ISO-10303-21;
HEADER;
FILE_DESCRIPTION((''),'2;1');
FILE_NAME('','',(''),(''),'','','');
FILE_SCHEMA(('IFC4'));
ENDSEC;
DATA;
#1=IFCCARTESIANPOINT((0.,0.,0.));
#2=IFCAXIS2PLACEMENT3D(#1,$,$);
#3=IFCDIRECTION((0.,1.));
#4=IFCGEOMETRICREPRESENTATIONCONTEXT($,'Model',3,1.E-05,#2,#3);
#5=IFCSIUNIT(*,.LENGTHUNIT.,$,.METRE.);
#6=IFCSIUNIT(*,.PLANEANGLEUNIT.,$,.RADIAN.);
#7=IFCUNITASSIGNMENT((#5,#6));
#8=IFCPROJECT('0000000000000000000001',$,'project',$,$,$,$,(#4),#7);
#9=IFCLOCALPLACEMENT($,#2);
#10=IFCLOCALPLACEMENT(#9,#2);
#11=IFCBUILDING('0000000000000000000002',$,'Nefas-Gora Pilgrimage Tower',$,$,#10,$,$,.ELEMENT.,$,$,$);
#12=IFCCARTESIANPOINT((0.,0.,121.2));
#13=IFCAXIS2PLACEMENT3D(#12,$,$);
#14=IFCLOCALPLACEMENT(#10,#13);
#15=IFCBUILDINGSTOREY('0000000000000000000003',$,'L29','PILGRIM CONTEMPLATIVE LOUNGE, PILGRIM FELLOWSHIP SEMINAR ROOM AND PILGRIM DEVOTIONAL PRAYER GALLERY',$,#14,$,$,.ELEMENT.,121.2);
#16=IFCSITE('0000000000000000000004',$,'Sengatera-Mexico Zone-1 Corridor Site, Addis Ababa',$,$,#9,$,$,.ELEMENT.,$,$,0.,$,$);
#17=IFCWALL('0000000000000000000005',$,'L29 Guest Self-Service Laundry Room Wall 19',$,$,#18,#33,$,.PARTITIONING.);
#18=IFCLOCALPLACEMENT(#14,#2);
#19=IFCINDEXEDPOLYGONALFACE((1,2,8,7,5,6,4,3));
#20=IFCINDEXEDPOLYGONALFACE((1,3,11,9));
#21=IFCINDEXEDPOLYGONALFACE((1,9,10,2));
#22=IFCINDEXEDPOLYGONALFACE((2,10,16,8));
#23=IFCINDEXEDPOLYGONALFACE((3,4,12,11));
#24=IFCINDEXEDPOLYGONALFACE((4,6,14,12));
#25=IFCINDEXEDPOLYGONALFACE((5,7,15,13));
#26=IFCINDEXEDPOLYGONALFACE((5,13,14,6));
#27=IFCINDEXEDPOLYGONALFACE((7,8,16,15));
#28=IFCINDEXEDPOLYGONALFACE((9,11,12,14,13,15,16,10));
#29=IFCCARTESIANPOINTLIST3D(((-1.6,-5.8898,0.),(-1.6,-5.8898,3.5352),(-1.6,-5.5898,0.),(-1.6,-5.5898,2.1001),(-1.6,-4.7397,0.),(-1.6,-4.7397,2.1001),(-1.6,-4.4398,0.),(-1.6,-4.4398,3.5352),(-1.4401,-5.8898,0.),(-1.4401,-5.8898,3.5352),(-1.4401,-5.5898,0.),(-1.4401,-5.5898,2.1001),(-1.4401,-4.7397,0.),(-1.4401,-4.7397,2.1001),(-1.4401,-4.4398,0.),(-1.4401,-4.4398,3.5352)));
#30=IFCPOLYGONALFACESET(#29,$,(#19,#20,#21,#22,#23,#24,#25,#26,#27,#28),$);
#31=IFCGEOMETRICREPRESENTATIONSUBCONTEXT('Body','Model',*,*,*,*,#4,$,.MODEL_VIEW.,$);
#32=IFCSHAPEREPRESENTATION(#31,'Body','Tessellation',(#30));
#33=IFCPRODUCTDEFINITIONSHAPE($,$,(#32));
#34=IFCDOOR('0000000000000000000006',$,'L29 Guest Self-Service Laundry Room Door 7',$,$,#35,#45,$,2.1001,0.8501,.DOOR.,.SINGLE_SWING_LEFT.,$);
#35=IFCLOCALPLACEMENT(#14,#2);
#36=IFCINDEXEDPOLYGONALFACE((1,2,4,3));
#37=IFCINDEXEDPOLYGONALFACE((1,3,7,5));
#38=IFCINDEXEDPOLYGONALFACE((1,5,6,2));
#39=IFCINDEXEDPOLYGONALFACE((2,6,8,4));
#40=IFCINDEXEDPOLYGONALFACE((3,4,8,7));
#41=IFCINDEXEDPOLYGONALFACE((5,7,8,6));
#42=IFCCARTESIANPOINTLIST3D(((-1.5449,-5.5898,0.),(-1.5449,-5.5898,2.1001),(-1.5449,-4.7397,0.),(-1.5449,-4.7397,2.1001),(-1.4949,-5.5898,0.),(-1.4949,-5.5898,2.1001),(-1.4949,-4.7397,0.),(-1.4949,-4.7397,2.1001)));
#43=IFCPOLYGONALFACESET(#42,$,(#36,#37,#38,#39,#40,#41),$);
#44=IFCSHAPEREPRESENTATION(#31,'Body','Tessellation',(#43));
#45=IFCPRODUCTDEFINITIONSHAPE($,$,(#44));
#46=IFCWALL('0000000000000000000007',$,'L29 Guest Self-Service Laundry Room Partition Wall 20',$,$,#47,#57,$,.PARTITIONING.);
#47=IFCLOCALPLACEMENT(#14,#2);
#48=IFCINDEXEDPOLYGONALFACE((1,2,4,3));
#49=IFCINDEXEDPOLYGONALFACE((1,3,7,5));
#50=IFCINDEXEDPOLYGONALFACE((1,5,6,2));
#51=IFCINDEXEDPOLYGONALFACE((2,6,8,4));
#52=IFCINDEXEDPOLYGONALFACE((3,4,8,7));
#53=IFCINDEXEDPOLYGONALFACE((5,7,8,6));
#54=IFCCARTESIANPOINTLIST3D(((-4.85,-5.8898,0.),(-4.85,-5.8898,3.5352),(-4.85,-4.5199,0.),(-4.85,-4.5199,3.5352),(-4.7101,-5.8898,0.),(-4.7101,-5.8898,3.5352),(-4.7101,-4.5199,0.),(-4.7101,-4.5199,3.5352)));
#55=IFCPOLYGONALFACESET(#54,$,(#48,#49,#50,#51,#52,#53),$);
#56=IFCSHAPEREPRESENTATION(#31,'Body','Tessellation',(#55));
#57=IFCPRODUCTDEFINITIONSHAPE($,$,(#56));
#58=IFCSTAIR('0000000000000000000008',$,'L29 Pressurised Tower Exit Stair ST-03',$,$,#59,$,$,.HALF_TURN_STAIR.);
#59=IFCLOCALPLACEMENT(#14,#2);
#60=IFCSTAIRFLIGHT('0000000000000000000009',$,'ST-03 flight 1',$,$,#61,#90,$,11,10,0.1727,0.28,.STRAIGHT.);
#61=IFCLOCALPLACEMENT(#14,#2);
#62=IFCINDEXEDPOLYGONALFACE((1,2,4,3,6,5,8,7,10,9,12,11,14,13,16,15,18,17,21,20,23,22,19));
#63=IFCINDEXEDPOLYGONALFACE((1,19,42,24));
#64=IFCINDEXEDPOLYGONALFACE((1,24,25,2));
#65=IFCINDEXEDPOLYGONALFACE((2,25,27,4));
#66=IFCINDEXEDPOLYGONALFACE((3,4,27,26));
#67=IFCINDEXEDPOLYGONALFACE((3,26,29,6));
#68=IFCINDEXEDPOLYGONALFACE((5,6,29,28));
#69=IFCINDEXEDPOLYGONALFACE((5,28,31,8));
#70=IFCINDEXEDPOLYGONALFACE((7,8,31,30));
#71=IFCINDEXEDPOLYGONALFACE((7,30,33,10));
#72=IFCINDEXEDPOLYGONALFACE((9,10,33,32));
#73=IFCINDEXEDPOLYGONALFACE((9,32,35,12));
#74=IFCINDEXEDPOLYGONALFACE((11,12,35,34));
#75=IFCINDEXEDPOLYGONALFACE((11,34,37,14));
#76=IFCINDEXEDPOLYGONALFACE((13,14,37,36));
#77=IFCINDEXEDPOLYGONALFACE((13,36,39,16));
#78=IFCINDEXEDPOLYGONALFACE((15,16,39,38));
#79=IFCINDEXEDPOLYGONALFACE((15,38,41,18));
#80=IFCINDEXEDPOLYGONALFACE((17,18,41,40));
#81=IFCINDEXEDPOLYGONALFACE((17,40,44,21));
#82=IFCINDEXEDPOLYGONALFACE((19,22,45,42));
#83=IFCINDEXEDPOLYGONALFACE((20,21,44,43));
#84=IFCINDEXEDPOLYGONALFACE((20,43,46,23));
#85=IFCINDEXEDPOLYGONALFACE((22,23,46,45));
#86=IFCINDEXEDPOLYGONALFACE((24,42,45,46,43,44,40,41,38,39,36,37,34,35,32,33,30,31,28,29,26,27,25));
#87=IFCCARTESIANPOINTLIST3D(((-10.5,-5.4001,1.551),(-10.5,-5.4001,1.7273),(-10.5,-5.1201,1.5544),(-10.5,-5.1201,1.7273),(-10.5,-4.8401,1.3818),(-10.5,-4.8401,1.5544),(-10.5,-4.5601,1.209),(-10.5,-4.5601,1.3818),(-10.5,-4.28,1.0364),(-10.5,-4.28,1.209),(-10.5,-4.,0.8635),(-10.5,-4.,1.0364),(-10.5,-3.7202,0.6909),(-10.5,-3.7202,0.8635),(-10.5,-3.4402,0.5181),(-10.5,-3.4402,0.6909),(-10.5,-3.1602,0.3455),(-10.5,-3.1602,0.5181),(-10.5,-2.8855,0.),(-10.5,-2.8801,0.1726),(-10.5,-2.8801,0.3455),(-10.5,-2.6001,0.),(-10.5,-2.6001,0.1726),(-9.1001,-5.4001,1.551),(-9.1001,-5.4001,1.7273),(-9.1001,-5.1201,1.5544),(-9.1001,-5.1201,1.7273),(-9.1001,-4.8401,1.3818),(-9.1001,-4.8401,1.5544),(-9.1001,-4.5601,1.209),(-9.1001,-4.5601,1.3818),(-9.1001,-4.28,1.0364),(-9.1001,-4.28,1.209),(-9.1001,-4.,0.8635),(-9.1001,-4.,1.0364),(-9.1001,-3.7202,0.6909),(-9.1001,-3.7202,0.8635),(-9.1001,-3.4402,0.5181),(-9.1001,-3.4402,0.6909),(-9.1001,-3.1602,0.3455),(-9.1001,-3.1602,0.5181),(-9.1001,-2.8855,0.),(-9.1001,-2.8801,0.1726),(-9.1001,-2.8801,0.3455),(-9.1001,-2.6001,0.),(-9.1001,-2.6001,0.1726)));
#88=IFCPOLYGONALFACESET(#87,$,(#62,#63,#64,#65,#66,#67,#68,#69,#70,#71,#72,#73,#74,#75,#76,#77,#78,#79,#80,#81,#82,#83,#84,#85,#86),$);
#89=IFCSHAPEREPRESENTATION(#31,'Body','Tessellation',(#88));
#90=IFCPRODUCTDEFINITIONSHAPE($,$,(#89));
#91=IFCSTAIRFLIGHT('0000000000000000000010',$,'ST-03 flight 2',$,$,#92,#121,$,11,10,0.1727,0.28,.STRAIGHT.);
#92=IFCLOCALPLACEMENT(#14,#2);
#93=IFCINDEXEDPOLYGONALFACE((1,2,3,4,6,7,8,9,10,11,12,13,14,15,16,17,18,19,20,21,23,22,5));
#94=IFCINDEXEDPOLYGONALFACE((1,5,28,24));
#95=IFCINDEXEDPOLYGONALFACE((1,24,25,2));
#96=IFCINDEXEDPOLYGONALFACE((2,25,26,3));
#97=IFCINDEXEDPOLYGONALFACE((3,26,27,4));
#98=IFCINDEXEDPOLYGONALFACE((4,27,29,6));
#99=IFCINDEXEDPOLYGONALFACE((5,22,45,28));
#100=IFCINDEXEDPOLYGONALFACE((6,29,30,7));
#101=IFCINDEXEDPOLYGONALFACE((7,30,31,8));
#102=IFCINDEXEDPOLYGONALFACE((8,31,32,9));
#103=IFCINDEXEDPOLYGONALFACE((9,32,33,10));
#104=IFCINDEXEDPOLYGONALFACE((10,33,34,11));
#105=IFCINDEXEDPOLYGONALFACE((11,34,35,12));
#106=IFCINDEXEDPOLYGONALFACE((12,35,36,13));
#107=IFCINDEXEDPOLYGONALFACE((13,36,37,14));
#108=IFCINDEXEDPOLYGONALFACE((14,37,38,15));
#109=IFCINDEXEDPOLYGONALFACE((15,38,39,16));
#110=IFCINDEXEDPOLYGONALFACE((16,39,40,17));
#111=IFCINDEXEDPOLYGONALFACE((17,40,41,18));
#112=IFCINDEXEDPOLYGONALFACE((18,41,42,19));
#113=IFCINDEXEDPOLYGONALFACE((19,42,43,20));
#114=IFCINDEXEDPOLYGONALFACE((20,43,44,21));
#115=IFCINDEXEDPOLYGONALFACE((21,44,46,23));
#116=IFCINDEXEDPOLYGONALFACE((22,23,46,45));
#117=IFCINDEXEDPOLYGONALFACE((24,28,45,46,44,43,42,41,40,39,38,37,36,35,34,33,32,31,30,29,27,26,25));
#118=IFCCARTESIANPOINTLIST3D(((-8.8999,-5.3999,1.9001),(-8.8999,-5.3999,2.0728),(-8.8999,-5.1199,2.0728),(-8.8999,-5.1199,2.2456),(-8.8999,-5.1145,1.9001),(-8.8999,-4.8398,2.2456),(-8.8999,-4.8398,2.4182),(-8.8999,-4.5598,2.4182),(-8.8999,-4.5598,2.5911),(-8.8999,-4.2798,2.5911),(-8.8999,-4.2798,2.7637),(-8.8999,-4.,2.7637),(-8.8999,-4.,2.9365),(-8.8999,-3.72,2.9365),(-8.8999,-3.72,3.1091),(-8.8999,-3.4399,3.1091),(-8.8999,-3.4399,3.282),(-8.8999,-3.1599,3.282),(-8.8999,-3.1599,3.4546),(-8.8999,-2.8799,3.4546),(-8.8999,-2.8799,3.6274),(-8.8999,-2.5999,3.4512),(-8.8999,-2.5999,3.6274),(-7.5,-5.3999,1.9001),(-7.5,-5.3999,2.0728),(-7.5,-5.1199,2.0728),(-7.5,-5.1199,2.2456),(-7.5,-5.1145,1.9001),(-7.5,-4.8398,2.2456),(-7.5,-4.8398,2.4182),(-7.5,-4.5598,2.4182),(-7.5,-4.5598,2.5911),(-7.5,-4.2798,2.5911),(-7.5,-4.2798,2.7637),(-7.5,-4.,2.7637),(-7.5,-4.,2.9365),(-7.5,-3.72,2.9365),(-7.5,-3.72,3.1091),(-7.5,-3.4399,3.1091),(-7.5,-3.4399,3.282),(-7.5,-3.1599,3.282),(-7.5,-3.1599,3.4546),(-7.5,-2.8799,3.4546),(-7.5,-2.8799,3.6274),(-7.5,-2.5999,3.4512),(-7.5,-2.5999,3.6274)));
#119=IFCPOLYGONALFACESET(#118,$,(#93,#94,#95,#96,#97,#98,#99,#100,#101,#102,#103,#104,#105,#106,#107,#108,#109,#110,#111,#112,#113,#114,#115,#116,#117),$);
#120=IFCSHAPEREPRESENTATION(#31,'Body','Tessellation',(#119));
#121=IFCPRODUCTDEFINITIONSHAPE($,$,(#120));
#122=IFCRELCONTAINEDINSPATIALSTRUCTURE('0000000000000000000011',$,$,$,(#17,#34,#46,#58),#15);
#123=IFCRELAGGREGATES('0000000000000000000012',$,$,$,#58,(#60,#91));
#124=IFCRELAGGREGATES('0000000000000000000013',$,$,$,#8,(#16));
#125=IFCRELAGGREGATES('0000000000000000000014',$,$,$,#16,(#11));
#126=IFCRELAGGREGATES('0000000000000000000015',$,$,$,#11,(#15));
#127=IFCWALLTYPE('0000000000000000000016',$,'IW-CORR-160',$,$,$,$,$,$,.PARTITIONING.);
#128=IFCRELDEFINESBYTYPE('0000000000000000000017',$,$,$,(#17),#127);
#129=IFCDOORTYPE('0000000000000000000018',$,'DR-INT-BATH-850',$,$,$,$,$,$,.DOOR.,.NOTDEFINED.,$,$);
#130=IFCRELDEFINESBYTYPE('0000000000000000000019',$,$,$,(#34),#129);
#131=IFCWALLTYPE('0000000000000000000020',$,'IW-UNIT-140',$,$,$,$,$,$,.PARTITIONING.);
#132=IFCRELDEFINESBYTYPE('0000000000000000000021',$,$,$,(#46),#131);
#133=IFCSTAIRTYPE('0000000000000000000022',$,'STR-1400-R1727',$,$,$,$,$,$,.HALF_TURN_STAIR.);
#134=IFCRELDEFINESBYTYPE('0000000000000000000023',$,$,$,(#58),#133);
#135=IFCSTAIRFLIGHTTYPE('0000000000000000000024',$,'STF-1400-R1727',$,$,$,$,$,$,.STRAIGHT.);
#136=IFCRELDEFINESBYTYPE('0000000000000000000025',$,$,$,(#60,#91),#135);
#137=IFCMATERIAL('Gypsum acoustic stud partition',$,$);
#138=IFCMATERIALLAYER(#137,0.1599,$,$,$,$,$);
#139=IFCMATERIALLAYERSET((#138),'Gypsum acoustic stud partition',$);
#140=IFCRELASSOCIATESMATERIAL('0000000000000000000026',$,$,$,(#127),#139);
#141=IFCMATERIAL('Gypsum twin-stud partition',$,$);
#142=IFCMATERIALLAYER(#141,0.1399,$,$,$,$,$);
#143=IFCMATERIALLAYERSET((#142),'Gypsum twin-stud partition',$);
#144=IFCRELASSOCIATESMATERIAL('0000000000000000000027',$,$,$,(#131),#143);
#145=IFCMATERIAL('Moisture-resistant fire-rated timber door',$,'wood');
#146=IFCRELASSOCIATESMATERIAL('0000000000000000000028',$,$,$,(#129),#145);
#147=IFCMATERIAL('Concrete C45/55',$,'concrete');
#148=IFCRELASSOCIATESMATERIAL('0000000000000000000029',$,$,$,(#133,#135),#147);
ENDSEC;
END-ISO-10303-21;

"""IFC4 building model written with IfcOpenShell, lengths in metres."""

from ifc_helpers import new_model, si_unit, direction, frame, frame_2d, origin, place, context, subcontext, project, spatial, polyline, rectangle, outline, extrude, source, transform, mapped, material, layer, layer_set, type_object, element, fill, aggregate, save


model = new_model("IFC4")

# Units and contexts
model_context = context("Model", 3, precision=1e-05, world=origin(), true_north=direction((0.0, 1.0)))
body_context = subcontext(model_context, "Body", "Model", "MODEL_VIEW")
ifc_project = project(units=[si_unit("LENGTHUNIT", "METRE"), si_unit("PLANEANGLEUNIT", "RADIAN")], contexts=[model_context])

# Site, building, storey
site_placement = place(None, origin())
site = spatial("IfcSite", under=ifc_project, at=site_placement, Name="Sengatera-Mexico Zone-1 Corridor Site, Addis Ababa", CompositionType="ELEMENT", RefElevation=0.0)
building_placement = place(site_placement, origin())
building = spatial("IfcBuilding", under=site, at=building_placement, Name="Nefas-Gora Pilgrimage Tower", CompositionType="ELEMENT")
storey_placement = place(building_placement, frame((0.0, 0.0, 121.2)))
storey = spatial("IfcBuildingStorey", under=building, at=storey_placement, Name="L29", Description="PILGRIM CONTEMPLATIVE LOUNGE, PILGRIM FELLOWSHIP SEMINAR ROOM AND PILGRIM DEVOTIONAL PRAYER GALLERY", CompositionType="ELEMENT", Elevation=121.2)

# Shared definitions
ifc_material_1 = material(Name="Concrete C45/55", Category="concrete")

# Shared definitions
ifc_material_2 = material(Name="Gypsum acoustic stud partition")
ifc_layer_1 = layer(ifc_material_2, 0.1599)
ifc_layer_set_1 = layer_set([ifc_layer_1], Name="Gypsum acoustic stud partition")
wall_type_1 = type_object("IfcWallType", Name="IW-CORR-160", PredefinedType="PARTITIONING", material=ifc_layer_set_1)
ifc_material_3 = material(Name="Gypsum twin-stud partition")
ifc_layer_2 = layer(ifc_material_3, 0.1399)
ifc_layer_set_2 = layer_set([ifc_layer_2], Name="Gypsum twin-stud partition")
wall_type_2 = type_object("IfcWallType", Name="IW-UNIT-140", PredefinedType="PARTITIONING", material=ifc_layer_set_2)

# Shared definitions
ifc_material_4 = material(Name="Moisture-resistant fire-rated timber door", Category="wood")
door_type_1 = type_object("IfcDoorType", Name="DR-INT-BATH-850", OperationType="NOTDEFINED", PredefinedType="DOOR", material=ifc_material_4)
shared_shape_1 = source(origin(), body_context, "Body", "SweptSolid", [
    extrude(rectangle(XDim=0.8501, YDim=2.1001, at=frame_2d((0.425, 1.05))), frame((0.0, 0.0249, 0.0), z_axis=(0.0, -1.0, 0.0), x_axis=(1.0, 0.0, 0.0)), (0.0, 0.0, 1.0), 0.05),
])

# Wall, opening, door
shared_shape_2 = source(origin(), body_context, "Body", "SweptSolid", [
    extrude(rectangle(XDim=1.45, YDim=0.1599, at=frame_2d((0.7251, 0.0))), origin(), (0.0, 0.0, 1.0), 3.5352),
])
wall_1_placement = place(storey_placement, frame((-1.52, -5.8899, 0.0), z_axis=(0.0, 0.0, 1.0), x_axis=(0.0, 1.0, 0.0)))
wall_1 = element("IfcWall", 1, at=wall_1_placement, inside=storey, type_object=wall_type_1, Name="L29 Guest Self-Service Laundry Room Wall 19", PredefinedType="PARTITIONING", context=body_context, shape_type="MappedRepresentation", body=[
    mapped(shared_shape_2, transform((0.0, 0.0, 0.0), x_axis=(1.0, 0.0, 0.0), y_axis=(0.0, 1.0, 0.0), z_axis=(0.0, 0.0, 1.0), scale=1.0)),
])
opening_1_placement = place(wall_1_placement, frame((0.3, 0.0, 0.0)))
opening_1 = element("IfcOpeningElement", 2, at=opening_1_placement, cuts=wall_1, PredefinedType="OPENING", context=body_context, shape_type="SweptSolid", body=[
    extrude(rectangle(XDim=0.8501, YDim=2.1001, at=frame_2d((0.425, 1.05))), frame((0.0, 0.0898, 0.0), z_axis=(0.0, -1.0, 0.0), x_axis=(1.0, 0.0, 0.0)), (0.0, 0.0, 1.0), 0.1799),
])
door_1_placement = place(opening_1_placement, origin())
door_1 = element("IfcDoor", 3, at=door_1_placement, inside=storey, type_object=door_type_1, Name="L29 Guest Self-Service Laundry Room Door 7", OperationType="SINGLE_SWING_LEFT", OverallHeight=2.1001, OverallWidth=0.8501, PredefinedType="DOOR", context=body_context, shape_type="MappedRepresentation", body=[
    mapped(shared_shape_1, transform((0.0, 0.0, 0.0), x_axis=(1.0, 0.0, 0.0), y_axis=(0.0, 1.0, 0.0), z_axis=(0.0, 0.0, 1.0), scale=1.0)),
])
fill(opening_1, door_1)

# Wall
shared_shape_3 = source(origin(), body_context, "Body", "SweptSolid", [
    extrude(rectangle(XDim=1.3699, YDim=0.1399, at=frame_2d((0.6851, 0.0))), origin(), (0.0, 0.0, 1.0), 3.5352),
])
wall_2_placement = place(storey_placement, frame((-4.78, -5.8899, 0.0), z_axis=(0.0, 0.0, 1.0), x_axis=(0.0, 1.0, 0.0)))
element("IfcWall", 4, at=wall_2_placement, inside=storey, type_object=wall_type_2, Name="L29 Guest Self-Service Laundry Room Partition Wall 20", PredefinedType="PARTITIONING", context=body_context, shape_type="MappedRepresentation", body=[
    mapped(shared_shape_3, transform((0.0, 0.0, 0.0), x_axis=(1.0, 0.0, 0.0), y_axis=(0.0, 1.0, 0.0), z_axis=(0.0, 0.0, 1.0), scale=1.0)),
])

# Stair, stair flights
stair_type = type_object("IfcStairType", Name="STR-1400-R1727", PredefinedType="HALF_TURN_STAIR", material=ifc_material_1)
stair_placement = place(storey_placement, origin())
stair = element("IfcStair", 5, at=stair_placement, inside=storey, type_object=stair_type, Name="L29 Pressurised Tower Exit Stair ST-03", PredefinedType="HALF_TURN_STAIR")
stair_flight_type = type_object("IfcStairFlightType", Name="STF-1400-R1727", PredefinedType="STRAIGHT", material=ifc_material_1)
shared_shape_4 = source(origin(), body_context, "Body", "SweptSolid", [
    extrude(outline(polyline([(0.0, 0.0), (0.0, 0.1726), (0.28, 0.1726), (0.28, 0.3455), (0.5601, 0.3455), (0.5601, 0.5181), (0.8401, 0.5181), (0.8401, 0.6909), (1.1201, 0.6909), (1.1201, 0.8635), (1.3999, 0.8635), (1.3999, 1.0364), (1.6799, 1.0364), (1.6799, 1.209), (1.96, 1.209), (1.96, 1.3818), (2.24, 1.3818), (2.24, 1.5544), (2.52, 1.5544), (2.52, 1.7273), (2.8, 1.7273), (2.8, 1.8999), (2.8, 1.551), (0.2854, 0.0), (0.0, 0.0)])), frame((0.0, 0.7, 0.0), z_axis=(0.0, -1.0, 0.0), x_axis=(1.0, 0.0, 0.0)), (0.0, 0.0, 1.0), 1.3999),
])
stair_flight_1_placement = place(storey_placement, frame((-9.8, -2.6001, 0.0), z_axis=(0.0, 0.0, 1.0), x_axis=(0.0, -1.0, 0.0)))
stair_flight_1 = element("IfcStairFlight", 6, at=stair_flight_1_placement, type_object=stair_flight_type, Name="ST-03 flight 1", NumberOfRisers=11, NumberOfTreads=10, PredefinedType="STRAIGHT", RiserHeight=0.1727, TreadLength=0.28, context=body_context, shape_type="MappedRepresentation", body=[
    mapped(shared_shape_4, transform((0.0, 0.0, 0.0), x_axis=(1.0, 0.0, 0.0), y_axis=(0.0, 1.0, 0.0), z_axis=(0.0, 0.0, 1.0), scale=1.0)),
])
stair_flight_2_placement = place(storey_placement, frame((-8.2, -5.3999, 1.9001), z_axis=(0.0, 0.0, 1.0), x_axis=(0.0, 1.0, 0.0)))
stair_flight_2 = element("IfcStairFlight", 7, at=stair_flight_2_placement, type_object=stair_flight_type, Name="ST-03 flight 2", NumberOfRisers=11, NumberOfTreads=10, PredefinedType="STRAIGHT", RiserHeight=0.1727, TreadLength=0.28, context=body_context, shape_type="MappedRepresentation", body=[
    mapped(shared_shape_4, transform((0.0, 0.0, 0.0), x_axis=(1.0, 0.0, 0.0), y_axis=(0.0, 1.0, 0.0), z_axis=(0.0, 0.0, 1.0), scale=1.0)),
])
aggregate(stair, [stair_flight_1, stair_flight_2])

save(model, "model.ifc")
